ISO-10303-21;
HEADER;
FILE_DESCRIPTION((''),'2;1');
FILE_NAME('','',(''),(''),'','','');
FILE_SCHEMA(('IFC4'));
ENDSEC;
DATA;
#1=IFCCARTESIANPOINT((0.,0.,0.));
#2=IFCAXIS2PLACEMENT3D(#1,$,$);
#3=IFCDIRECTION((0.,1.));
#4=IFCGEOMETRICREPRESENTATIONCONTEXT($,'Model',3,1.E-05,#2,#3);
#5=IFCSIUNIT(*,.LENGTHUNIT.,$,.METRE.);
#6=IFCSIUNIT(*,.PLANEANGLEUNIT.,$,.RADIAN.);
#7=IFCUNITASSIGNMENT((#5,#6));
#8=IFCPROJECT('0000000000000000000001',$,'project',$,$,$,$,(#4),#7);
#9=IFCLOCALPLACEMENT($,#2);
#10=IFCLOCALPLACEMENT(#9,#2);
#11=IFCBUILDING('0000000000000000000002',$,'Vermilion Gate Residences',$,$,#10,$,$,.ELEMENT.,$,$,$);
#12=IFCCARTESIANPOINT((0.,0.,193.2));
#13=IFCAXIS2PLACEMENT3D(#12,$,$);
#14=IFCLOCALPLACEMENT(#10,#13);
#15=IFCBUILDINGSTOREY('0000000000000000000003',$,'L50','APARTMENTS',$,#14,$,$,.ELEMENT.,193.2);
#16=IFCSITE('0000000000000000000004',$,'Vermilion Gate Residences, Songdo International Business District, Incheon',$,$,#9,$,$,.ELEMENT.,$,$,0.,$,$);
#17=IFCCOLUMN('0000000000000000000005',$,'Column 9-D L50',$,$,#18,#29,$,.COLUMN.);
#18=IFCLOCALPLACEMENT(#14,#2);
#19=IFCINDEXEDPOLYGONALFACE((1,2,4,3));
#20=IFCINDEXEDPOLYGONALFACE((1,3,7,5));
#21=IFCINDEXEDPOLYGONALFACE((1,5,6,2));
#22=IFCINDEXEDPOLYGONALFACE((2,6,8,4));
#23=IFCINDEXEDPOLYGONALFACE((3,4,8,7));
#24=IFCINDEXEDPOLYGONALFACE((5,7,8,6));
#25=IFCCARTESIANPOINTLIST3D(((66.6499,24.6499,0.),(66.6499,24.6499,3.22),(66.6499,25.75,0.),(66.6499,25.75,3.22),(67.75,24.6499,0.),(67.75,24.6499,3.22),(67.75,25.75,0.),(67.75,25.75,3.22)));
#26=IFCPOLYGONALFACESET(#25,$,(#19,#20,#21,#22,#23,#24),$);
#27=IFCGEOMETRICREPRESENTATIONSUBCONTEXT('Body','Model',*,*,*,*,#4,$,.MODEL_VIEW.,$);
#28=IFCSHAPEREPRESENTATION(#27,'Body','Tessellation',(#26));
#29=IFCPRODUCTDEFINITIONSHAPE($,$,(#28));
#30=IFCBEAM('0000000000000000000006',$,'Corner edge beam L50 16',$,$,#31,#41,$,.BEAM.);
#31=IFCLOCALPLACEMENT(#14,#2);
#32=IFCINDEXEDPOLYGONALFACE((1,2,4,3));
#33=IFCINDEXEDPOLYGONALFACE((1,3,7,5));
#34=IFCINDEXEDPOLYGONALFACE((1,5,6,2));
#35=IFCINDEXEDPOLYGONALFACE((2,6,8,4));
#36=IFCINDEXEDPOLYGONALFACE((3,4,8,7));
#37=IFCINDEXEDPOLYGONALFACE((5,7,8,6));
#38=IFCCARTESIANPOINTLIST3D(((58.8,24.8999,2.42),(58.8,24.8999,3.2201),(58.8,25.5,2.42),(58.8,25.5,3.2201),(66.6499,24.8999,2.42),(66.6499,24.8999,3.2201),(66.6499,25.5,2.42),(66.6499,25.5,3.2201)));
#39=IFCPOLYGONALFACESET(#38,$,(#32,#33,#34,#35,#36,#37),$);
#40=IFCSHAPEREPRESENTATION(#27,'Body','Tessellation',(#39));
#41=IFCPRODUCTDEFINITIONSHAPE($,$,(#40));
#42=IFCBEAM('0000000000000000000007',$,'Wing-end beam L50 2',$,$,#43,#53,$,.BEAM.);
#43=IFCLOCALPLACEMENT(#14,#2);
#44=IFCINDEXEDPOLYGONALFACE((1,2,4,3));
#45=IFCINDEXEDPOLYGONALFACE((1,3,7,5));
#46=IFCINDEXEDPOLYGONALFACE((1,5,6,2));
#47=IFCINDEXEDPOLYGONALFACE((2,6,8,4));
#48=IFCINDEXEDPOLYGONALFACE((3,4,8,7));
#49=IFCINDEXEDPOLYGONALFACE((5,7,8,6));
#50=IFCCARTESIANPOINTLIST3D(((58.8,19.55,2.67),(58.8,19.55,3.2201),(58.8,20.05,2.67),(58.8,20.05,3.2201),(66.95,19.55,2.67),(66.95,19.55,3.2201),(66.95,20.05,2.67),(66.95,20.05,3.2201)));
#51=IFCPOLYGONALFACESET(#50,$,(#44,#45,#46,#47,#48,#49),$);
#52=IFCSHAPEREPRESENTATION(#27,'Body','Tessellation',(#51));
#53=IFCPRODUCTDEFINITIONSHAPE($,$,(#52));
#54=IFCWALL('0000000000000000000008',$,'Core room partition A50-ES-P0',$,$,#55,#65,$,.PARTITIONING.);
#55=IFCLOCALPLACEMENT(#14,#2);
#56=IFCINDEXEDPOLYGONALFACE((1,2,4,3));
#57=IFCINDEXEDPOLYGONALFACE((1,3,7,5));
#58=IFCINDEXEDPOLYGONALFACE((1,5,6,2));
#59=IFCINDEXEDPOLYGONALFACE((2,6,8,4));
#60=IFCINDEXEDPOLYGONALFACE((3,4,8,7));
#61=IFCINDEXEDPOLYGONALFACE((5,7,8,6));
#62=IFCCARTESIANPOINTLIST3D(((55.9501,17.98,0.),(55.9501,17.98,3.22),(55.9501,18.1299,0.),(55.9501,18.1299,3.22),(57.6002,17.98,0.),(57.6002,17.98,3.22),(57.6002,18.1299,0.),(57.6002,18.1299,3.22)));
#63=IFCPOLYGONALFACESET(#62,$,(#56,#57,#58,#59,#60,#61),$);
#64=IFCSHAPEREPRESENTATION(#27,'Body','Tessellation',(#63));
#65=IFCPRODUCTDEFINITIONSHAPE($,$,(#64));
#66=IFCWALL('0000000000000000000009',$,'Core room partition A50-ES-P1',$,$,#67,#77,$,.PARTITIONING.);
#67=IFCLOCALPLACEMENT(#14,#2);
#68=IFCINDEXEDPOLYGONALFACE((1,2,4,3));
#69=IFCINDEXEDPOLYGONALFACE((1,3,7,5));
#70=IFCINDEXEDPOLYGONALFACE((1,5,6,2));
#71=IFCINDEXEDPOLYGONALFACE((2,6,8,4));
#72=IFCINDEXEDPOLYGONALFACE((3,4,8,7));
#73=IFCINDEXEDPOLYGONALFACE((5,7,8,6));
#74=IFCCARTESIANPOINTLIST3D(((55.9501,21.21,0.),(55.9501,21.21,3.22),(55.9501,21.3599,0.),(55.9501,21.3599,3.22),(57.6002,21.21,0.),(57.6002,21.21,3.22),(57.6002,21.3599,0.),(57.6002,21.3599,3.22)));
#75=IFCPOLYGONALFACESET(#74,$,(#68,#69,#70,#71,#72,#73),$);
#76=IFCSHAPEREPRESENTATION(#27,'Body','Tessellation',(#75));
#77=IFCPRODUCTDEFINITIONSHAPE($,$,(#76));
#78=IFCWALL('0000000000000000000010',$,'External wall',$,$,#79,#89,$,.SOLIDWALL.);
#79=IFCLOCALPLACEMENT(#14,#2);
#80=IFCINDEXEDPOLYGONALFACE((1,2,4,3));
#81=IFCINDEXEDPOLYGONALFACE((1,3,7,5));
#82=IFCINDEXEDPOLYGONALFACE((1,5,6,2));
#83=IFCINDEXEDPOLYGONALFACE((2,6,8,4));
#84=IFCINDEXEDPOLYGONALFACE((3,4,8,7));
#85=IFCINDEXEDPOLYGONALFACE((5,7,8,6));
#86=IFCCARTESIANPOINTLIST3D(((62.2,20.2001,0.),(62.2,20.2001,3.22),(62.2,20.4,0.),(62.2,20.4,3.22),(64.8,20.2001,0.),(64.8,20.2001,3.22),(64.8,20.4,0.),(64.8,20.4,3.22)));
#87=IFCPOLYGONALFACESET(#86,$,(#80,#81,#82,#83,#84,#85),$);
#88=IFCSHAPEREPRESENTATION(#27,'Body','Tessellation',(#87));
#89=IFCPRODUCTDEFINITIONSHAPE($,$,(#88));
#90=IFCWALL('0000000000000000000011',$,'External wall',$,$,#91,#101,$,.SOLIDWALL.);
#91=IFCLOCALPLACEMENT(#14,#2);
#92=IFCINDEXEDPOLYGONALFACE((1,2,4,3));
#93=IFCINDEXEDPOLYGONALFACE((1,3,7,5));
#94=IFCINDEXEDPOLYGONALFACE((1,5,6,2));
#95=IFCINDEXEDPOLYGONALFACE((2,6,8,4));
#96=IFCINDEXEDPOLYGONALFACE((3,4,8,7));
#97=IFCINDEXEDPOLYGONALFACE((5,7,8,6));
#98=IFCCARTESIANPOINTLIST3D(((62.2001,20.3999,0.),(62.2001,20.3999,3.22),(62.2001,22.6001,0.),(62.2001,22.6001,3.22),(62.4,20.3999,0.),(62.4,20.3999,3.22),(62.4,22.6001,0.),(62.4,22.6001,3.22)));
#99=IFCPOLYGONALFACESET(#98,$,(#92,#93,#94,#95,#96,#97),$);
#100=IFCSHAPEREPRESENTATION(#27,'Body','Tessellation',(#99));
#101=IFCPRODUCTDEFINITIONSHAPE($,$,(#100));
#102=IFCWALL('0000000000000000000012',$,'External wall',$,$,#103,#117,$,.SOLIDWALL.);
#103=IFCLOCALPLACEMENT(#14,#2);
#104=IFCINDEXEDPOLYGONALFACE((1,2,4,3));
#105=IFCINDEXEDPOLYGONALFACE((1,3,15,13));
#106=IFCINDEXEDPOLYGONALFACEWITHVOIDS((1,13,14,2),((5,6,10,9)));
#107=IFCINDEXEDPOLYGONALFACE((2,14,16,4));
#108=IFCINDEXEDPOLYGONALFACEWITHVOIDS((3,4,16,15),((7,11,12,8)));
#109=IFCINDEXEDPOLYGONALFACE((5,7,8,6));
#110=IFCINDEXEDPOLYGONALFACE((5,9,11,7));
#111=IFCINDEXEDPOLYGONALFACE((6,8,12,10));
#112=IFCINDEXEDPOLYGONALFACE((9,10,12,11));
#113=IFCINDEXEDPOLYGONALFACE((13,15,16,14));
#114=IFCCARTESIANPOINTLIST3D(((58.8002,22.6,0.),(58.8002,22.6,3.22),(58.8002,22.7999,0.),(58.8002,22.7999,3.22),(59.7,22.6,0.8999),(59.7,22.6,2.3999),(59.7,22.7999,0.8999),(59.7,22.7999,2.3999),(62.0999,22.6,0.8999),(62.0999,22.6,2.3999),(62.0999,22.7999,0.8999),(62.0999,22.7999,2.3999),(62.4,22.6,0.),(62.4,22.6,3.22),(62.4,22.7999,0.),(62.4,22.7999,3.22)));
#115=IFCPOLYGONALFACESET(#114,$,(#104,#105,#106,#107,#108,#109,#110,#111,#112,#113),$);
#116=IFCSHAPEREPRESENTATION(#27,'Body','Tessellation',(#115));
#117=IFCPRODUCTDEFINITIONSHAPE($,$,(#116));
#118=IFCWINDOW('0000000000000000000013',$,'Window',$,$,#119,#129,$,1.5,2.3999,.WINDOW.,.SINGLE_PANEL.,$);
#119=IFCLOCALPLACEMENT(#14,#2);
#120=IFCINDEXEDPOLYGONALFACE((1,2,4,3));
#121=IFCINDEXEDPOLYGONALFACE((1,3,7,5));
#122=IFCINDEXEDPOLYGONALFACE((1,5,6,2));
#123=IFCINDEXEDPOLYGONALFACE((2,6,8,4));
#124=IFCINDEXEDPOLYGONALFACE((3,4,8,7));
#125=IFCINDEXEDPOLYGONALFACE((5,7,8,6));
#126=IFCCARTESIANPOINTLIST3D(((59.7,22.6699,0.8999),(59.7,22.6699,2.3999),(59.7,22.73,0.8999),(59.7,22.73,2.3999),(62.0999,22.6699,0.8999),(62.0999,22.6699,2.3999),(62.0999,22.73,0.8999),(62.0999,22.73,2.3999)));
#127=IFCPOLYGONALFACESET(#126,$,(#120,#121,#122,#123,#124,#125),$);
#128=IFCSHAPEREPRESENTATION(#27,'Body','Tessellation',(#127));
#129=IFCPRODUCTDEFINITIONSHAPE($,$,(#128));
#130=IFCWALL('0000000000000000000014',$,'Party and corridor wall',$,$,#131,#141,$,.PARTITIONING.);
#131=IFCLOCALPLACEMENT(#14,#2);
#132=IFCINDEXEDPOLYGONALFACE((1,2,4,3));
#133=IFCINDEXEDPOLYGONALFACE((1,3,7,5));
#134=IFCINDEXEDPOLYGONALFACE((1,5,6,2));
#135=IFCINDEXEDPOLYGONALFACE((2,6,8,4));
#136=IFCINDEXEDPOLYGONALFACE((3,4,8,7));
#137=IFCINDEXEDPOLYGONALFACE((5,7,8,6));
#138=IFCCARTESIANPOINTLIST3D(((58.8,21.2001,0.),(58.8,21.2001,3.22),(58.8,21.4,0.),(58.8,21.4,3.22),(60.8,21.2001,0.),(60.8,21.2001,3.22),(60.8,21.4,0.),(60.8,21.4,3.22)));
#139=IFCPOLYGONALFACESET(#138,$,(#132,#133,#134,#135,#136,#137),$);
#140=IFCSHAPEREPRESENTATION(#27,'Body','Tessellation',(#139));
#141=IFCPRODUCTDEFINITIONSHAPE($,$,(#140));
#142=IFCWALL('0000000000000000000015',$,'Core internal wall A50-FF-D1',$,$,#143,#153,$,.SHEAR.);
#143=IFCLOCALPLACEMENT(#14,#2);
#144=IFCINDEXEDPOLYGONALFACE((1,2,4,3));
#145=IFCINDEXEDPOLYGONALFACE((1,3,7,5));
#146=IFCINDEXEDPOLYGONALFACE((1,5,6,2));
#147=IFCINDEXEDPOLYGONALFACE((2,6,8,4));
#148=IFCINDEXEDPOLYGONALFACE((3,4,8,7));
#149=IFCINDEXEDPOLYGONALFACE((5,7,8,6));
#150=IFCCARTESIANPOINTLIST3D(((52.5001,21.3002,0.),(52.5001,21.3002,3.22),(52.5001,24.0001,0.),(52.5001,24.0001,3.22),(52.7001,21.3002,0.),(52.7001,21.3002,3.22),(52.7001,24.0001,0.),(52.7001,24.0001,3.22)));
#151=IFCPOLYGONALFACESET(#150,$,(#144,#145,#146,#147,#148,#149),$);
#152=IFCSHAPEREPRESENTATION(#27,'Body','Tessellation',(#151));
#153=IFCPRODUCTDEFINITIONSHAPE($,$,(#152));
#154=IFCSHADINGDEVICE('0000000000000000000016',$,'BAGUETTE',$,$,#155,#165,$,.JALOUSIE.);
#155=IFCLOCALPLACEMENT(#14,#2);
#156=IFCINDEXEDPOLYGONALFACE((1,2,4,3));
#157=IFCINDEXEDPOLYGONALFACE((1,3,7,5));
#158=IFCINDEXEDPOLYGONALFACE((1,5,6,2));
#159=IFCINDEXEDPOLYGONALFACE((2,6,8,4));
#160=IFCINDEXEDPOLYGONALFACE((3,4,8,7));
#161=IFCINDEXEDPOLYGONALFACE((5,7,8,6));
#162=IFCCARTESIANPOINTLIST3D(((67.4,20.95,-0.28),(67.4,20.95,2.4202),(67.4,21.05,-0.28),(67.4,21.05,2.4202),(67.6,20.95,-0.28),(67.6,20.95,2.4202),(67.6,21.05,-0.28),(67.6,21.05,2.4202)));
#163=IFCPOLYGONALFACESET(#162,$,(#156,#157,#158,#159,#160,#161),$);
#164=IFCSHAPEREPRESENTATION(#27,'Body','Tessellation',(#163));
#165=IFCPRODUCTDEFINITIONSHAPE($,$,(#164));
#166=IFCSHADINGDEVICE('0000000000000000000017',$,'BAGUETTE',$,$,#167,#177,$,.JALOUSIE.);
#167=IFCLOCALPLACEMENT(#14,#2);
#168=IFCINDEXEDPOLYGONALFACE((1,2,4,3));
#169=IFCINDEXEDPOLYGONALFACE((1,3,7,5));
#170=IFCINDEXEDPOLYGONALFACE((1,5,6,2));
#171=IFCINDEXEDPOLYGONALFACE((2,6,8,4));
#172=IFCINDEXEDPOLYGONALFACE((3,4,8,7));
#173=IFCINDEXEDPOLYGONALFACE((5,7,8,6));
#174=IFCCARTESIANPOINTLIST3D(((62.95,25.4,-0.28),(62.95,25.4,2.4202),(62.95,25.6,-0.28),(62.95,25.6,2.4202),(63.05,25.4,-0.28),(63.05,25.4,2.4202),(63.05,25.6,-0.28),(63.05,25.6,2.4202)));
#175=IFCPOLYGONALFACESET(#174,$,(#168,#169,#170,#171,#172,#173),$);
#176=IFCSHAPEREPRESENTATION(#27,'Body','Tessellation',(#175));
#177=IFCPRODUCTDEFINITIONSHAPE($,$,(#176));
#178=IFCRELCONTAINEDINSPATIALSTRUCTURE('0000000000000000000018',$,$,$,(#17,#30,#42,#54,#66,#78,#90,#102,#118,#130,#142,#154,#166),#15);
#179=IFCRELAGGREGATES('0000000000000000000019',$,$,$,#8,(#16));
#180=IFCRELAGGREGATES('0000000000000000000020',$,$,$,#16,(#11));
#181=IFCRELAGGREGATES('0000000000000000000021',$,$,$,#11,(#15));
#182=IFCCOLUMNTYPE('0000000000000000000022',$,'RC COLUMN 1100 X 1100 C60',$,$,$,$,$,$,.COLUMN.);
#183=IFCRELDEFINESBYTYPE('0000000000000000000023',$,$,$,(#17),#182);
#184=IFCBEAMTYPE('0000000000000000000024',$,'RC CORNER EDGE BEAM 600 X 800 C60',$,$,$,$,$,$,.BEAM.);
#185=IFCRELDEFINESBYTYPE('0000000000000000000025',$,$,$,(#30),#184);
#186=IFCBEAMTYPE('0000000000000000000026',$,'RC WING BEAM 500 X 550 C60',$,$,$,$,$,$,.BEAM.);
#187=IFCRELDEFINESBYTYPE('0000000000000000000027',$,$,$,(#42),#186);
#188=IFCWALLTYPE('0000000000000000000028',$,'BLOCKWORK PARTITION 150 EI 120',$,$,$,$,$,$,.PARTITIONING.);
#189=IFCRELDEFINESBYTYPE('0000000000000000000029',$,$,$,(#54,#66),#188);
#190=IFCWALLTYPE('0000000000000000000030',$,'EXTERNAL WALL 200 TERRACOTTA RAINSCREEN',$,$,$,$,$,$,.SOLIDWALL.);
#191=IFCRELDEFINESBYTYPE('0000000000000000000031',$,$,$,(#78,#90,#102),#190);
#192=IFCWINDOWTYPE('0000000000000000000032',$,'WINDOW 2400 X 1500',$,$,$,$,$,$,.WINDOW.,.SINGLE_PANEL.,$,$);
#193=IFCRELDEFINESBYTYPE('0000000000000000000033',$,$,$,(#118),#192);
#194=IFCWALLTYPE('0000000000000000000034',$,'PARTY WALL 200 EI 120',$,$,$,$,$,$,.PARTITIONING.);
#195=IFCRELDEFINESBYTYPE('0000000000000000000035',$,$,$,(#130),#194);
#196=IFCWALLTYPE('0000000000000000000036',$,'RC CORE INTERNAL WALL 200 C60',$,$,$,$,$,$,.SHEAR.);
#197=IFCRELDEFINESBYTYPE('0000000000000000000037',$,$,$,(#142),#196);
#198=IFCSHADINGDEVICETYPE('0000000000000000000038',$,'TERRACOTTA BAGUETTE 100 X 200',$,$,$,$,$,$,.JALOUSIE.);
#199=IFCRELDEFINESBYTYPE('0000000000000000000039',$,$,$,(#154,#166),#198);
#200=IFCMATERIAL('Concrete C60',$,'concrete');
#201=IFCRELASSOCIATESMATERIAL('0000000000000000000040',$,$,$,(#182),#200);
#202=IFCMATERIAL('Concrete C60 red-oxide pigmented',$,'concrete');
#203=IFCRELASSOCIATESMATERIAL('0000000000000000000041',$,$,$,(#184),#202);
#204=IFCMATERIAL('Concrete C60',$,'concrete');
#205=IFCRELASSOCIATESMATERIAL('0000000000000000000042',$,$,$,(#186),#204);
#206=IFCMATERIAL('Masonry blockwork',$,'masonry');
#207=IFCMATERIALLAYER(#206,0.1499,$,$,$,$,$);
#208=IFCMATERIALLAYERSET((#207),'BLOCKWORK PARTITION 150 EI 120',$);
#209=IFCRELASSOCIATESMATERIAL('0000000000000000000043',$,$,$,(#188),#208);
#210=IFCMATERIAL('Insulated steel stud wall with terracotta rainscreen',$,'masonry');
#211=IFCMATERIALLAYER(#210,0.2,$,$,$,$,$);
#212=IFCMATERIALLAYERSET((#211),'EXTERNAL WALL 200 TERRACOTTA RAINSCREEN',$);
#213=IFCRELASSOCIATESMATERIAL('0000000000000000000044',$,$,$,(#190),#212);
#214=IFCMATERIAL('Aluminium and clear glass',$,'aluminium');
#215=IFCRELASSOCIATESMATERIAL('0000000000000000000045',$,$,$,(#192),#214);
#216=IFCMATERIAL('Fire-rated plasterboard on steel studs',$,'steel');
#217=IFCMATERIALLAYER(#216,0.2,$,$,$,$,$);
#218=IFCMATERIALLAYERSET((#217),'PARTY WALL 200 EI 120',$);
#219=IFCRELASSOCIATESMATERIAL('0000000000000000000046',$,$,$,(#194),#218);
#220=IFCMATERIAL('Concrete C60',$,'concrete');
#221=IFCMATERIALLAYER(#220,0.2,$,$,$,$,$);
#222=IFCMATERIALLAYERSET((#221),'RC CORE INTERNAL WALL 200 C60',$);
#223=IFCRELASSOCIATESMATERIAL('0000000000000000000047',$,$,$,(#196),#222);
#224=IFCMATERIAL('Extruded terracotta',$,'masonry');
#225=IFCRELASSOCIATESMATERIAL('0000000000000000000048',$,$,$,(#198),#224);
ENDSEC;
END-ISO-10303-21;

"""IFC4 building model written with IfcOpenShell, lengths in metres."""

from ifc_helpers import new_model, si_unit, direction, frame, frame_2d, origin, origin_2d, place, context, subcontext, project, spatial, rectangle, extrude, material, layer, layer_set, material_profile, profile_set, type_object, element, fill, save


model = new_model("IFC4")

# Units and contexts
model_context = context("Model", 3, precision=1e-05, world=origin(), true_north=direction((0.0, 1.0)))
body_context = subcontext(model_context, "Body", "Model", "MODEL_VIEW")
ifc_project = project(units=[si_unit("LENGTHUNIT", "METRE"), si_unit("PLANEANGLEUNIT", "RADIAN")], contexts=[model_context])

# Site, building, storey
site_placement = place(None, origin())
site = spatial("IfcSite", under=ifc_project, at=site_placement, Name="Vermilion Gate Residences, Songdo International Business District, Incheon", CompositionType="ELEMENT", RefElevation=0.0)
building_placement = place(site_placement, origin())
building = spatial("IfcBuilding", under=site, at=building_placement, Name="Vermilion Gate Residences", CompositionType="ELEMENT")
storey_placement = place(building_placement, frame((0.0, 0.0, 193.2)))
storey = spatial("IfcBuildingStorey", under=building, at=storey_placement, Name="L50", Description="APARTMENTS", CompositionType="ELEMENT", Elevation=193.2)

# Column
ifc_material_1 = material(Name="Concrete C60", Category="concrete")
ifc_material_profile_1 = material_profile(ifc_material_1, rectangle(XDim=1.1001, YDim=1.1001, at=origin_2d()), Name="RC-1100x1100")
ifc_profile_set_1 = profile_set([ifc_material_profile_1], Name="Concrete C60")
column_type = type_object("IfcColumnType", Name="RC COLUMN 1100 X 1100 C60", PredefinedType="COLUMN", material=ifc_profile_set_1)
column_placement = place(storey_placement, frame((67.2, 25.2, 0.0), z_axis=(0.0, 0.0, 1.0), x_axis=(1.0, 0.0, 0.0)))
element("IfcColumn", 1, at=column_placement, inside=storey, type_object=column_type, Name="Column 9-D L50", PredefinedType="COLUMN", context=body_context, shape_type="SweptSolid", body=[
    extrude(rectangle(XDim=1.1001, YDim=1.1001, at=origin_2d()), origin(), (0.0, 0.0, 1.0), 3.22),
])

# Beams
ifc_material_2 = material(Name="Concrete C60 red-oxide pigmented", Category="concrete")
ifc_material_profile_2 = material_profile(ifc_material_2, rectangle(XDim=0.6001, YDim=0.8, at=origin_2d()), Name="RC-600x800")
ifc_profile_set_2 = profile_set([ifc_material_profile_2], Name="Concrete C60 red-oxide pigmented")
beam_type_1 = type_object("IfcBeamType", Name="RC CORNER EDGE BEAM 600 X 800 C60", PredefinedType="BEAM", material=ifc_profile_set_2)
beam_1_placement = place(storey_placement, frame((58.8, 25.2, 2.8201), z_axis=(1.0, 0.0, 0.0), x_axis=(0.0, 1.0, 0.0)))
element("IfcBeam", 2, at=beam_1_placement, inside=storey, type_object=beam_type_1, Name="Corner edge beam L50 16", PredefinedType="BEAM", context=body_context, shape_type="SweptSolid", body=[
    extrude(rectangle(XDim=0.6001, YDim=0.8, at=origin_2d()), origin(), (0.0, 0.0, 1.0), 7.8499),
])
ifc_material_3 = material(Name="Concrete C60", Category="concrete")
ifc_material_profile_3 = material_profile(ifc_material_3, rectangle(XDim=0.5, YDim=0.55, at=origin_2d()), Name="RC-500x550")
ifc_profile_set_3 = profile_set([ifc_material_profile_3], Name="Concrete C60")
beam_type_2 = type_object("IfcBeamType", Name="RC WING BEAM 500 X 550 C60", PredefinedType="BEAM", material=ifc_profile_set_3)
beam_2_placement = place(storey_placement, frame((58.8, 19.8, 2.9451), z_axis=(1.0, 0.0, 0.0), x_axis=(0.0, 1.0, 0.0)))
element("IfcBeam", 3, at=beam_2_placement, inside=storey, type_object=beam_type_2, Name="Wing-end beam L50 2", PredefinedType="BEAM", context=body_context, shape_type="SweptSolid", body=[
    extrude(rectangle(XDim=0.5, YDim=0.55, at=origin_2d()), origin(), (0.0, 0.0, 1.0), 8.1499),
])

# Walls
ifc_material_4 = material(Name="Masonry blockwork", Category="masonry")
ifc_layer_1 = layer(ifc_material_4, 0.1499)
ifc_layer_set_1 = layer_set([ifc_layer_1], Name="BLOCKWORK PARTITION 150 EI 120")
wall_type_1 = type_object("IfcWallType", Name="BLOCKWORK PARTITION 150 EI 120", PredefinedType="PARTITIONING", material=ifc_layer_set_1)
for number, where, z_axis, x_axis, name in (
    (4, (55.95, 18.0549, 0.0), (0.0, 0.0, 1.0), (1.0, 0.0, 0.0), "Core room partition A50-ES-P0"),
    (5, (55.95, 21.2849, 0.0), (0.0, 0.0, 1.0), (1.0, 0.0, 0.0), "Core room partition A50-ES-P1"),
):
    element("IfcWall", number, at=place(storey_placement, frame(where, z_axis=z_axis, x_axis=x_axis)), inside=storey, type_object=wall_type_1, Name=name, PredefinedType="PARTITIONING", context=body_context, shape_type="SweptSolid", body=[
        extrude(rectangle(XDim=1.6501, YDim=0.1499, at=frame_2d((0.8252, 0.0))), origin(), (0.0, 0.0, 1.0), 3.22),
    ])
ifc_material_5 = material(Name="Insulated steel stud wall with terracotta rainscreen", Category="masonry")
ifc_layer_2 = layer(ifc_material_5, 0.2)
ifc_layer_set_2 = layer_set([ifc_layer_2], Name="EXTERNAL WALL 200 TERRACOTTA RAINSCREEN")
wall_type_2 = type_object("IfcWallType", Name="EXTERNAL WALL 200 TERRACOTTA RAINSCREEN", PredefinedType="SOLIDWALL", material=ifc_layer_set_2)
wall_1_placement = place(storey_placement, frame((64.8, 20.3, 0.0), z_axis=(0.0, 0.0, 1.0), x_axis=(-1.0, 0.0, 0.0)))
element("IfcWall", 6, at=wall_1_placement, inside=storey, type_object=wall_type_2, Name="External wall", PredefinedType="SOLIDWALL", context=body_context, shape_type="SweptSolid", body=[
    extrude(rectangle(XDim=2.6001, YDim=0.2, at=frame_2d((1.3, 0.0))), origin(), (0.0, 0.0, 1.0), 3.22),
])
wall_2_placement = place(storey_placement, frame((62.3, 20.3999, 0.0), z_axis=(0.0, 0.0, 1.0), x_axis=(0.0, 1.0, 0.0)))
element("IfcWall", 7, at=wall_2_placement, inside=storey, type_object=wall_type_2, Name="External wall", PredefinedType="SOLIDWALL", context=body_context, shape_type="SweptSolid", body=[
    extrude(rectangle(XDim=2.2002, YDim=0.2, at=frame_2d((1.1001, 0.0))), origin(), (0.0, 0.0, 1.0), 3.22),
])

# Wall, opening, window
wall_3_placement = place(storey_placement, frame((62.3999, 22.7, 0.0), z_axis=(0.0, 0.0, 1.0), x_axis=(-1.0, 0.0, 0.0)))
wall_3 = element("IfcWall", 8, at=wall_3_placement, inside=storey, type_object=wall_type_2, Name="External wall", PredefinedType="SOLIDWALL", context=body_context, shape_type="SweptSolid", body=[
    extrude(rectangle(XDim=3.5999, YDim=0.2, at=frame_2d((1.7998, 0.0))), origin(), (0.0, 0.0, 1.0), 3.22),
])
opening_placement = place(wall_3_placement, frame((0.3, 0.0, 0.8999)))
opening = element("IfcOpeningElement", 9, at=opening_placement, cuts=wall_3, PredefinedType="OPENING", context=body_context, shape_type="SweptSolid", body=[
    extrude(rectangle(XDim=2.3999, YDim=1.5, at=frame_2d((1.2, 0.75))), frame((0.0, 0.1099, 0.0), z_axis=(0.0, -1.0, 0.0), x_axis=(1.0, 0.0, 0.0)), (0.0, 0.0, 1.0), 0.22),
])
ifc_material_6 = material(Name="Aluminium and clear glass", Category="aluminium")
window_type = type_object("IfcWindowType", Name="WINDOW 2400 X 1500", PartitioningType="SINGLE_PANEL", PredefinedType="WINDOW", material=ifc_material_6)
window_placement = place(opening_placement, origin())
window = element("IfcWindow", 10, at=window_placement, inside=storey, type_object=window_type, Name="Window", OverallHeight=1.5, OverallWidth=2.3999, PartitioningType="SINGLE_PANEL", PredefinedType="WINDOW", context=body_context, shape_type="SweptSolid", body=[
    extrude(rectangle(XDim=2.3999, YDim=1.5, at=frame_2d((1.2, 0.75))), frame((0.0, 0.03, 0.0), z_axis=(0.0, -1.0, 0.0), x_axis=(1.0, 0.0, 0.0)), (0.0, 0.0, 1.0), 0.0601),
])
fill(opening, window)

# Walls
ifc_material_7 = material(Name="Fire-rated plasterboard on steel studs", Category="steel")
ifc_layer_3 = layer(ifc_material_7, 0.2)
ifc_layer_set_3 = layer_set([ifc_layer_3], Name="PARTY WALL 200 EI 120")
wall_type_3 = type_object("IfcWallType", Name="PARTY WALL 200 EI 120", PredefinedType="PARTITIONING", material=ifc_layer_set_3)
wall_4_placement = place(storey_placement, frame((58.8, 21.3, 0.0), z_axis=(0.0, 0.0, 1.0), x_axis=(1.0, 0.0, 0.0)))
element("IfcWall", 11, at=wall_4_placement, inside=storey, type_object=wall_type_3, Name="Party and corridor wall", PredefinedType="PARTITIONING", context=body_context, shape_type="SweptSolid", body=[
    extrude(rectangle(XDim=2.0, YDim=0.2, at=frame_2d((1.0, 0.0))), origin(), (0.0, 0.0, 1.0), 3.22),
])
ifc_material_8 = material(Name="Concrete C60", Category="concrete")
ifc_layer_4 = layer(ifc_material_8, 0.2)
ifc_layer_set_4 = layer_set([ifc_layer_4], Name="RC CORE INTERNAL WALL 200 C60")
wall_type_4 = type_object("IfcWallType", Name="RC CORE INTERNAL WALL 200 C60", PredefinedType="SHEAR", material=ifc_layer_set_4)
wall_5_placement = place(storey_placement, frame((52.6001, 21.3, 0.0), z_axis=(0.0, 0.0, 1.0), x_axis=(0.0, 1.0, 0.0)))
element("IfcWall", 12, at=wall_5_placement, inside=storey, type_object=wall_type_4, Name="Core internal wall A50-FF-D1", PredefinedType="SHEAR", context=body_context, shape_type="SweptSolid", body=[
    extrude(rectangle(XDim=2.7, YDim=0.2, at=frame_2d((1.3501, 0.0))), origin(), (0.0, 0.0, 1.0), 3.22),
])

# Shading devices
ifc_material_9 = material(Name="Extruded terracotta", Category="masonry")
ifc_material_profile_4 = material_profile(ifc_material_9, rectangle(XDim=0.2, YDim=0.1001, at=origin_2d()), Name="BAGUETTE 100 X 200")
ifc_profile_set_4 = profile_set([ifc_material_profile_4], Name="Extruded terracotta")
shading_device_type_1 = type_object("IfcShadingDeviceType", Name="TERRACOTTA BAGUETTE 100 X 200", PredefinedType="JALOUSIE", material=ifc_profile_set_4)
for number, where, z_axis, x_axis, name in (
    (13, (67.5, 21.0, -0.28), (0.0, 0.0, 1.0), (-1.0, 0.0, 0.0), "BAGUETTE"),
    (14, (63.0, 25.5, -0.28), (0.0, 0.0, 1.0), (0.0, -1.0, 0.0), "BAGUETTE"),
):
    element("IfcShadingDevice", number, at=place(storey_placement, frame(where, z_axis=z_axis, x_axis=x_axis)), inside=storey, type_object=shading_device_type_1, Name=name, PredefinedType="JALOUSIE", context=body_context, shape_type="SweptSolid", body=[
        extrude(rectangle(XDim=0.2, YDim=0.1001, at=origin_2d()), origin(), (0.0, 0.0, 1.0), 2.7002),
    ])

save(model, "model.ifc")
